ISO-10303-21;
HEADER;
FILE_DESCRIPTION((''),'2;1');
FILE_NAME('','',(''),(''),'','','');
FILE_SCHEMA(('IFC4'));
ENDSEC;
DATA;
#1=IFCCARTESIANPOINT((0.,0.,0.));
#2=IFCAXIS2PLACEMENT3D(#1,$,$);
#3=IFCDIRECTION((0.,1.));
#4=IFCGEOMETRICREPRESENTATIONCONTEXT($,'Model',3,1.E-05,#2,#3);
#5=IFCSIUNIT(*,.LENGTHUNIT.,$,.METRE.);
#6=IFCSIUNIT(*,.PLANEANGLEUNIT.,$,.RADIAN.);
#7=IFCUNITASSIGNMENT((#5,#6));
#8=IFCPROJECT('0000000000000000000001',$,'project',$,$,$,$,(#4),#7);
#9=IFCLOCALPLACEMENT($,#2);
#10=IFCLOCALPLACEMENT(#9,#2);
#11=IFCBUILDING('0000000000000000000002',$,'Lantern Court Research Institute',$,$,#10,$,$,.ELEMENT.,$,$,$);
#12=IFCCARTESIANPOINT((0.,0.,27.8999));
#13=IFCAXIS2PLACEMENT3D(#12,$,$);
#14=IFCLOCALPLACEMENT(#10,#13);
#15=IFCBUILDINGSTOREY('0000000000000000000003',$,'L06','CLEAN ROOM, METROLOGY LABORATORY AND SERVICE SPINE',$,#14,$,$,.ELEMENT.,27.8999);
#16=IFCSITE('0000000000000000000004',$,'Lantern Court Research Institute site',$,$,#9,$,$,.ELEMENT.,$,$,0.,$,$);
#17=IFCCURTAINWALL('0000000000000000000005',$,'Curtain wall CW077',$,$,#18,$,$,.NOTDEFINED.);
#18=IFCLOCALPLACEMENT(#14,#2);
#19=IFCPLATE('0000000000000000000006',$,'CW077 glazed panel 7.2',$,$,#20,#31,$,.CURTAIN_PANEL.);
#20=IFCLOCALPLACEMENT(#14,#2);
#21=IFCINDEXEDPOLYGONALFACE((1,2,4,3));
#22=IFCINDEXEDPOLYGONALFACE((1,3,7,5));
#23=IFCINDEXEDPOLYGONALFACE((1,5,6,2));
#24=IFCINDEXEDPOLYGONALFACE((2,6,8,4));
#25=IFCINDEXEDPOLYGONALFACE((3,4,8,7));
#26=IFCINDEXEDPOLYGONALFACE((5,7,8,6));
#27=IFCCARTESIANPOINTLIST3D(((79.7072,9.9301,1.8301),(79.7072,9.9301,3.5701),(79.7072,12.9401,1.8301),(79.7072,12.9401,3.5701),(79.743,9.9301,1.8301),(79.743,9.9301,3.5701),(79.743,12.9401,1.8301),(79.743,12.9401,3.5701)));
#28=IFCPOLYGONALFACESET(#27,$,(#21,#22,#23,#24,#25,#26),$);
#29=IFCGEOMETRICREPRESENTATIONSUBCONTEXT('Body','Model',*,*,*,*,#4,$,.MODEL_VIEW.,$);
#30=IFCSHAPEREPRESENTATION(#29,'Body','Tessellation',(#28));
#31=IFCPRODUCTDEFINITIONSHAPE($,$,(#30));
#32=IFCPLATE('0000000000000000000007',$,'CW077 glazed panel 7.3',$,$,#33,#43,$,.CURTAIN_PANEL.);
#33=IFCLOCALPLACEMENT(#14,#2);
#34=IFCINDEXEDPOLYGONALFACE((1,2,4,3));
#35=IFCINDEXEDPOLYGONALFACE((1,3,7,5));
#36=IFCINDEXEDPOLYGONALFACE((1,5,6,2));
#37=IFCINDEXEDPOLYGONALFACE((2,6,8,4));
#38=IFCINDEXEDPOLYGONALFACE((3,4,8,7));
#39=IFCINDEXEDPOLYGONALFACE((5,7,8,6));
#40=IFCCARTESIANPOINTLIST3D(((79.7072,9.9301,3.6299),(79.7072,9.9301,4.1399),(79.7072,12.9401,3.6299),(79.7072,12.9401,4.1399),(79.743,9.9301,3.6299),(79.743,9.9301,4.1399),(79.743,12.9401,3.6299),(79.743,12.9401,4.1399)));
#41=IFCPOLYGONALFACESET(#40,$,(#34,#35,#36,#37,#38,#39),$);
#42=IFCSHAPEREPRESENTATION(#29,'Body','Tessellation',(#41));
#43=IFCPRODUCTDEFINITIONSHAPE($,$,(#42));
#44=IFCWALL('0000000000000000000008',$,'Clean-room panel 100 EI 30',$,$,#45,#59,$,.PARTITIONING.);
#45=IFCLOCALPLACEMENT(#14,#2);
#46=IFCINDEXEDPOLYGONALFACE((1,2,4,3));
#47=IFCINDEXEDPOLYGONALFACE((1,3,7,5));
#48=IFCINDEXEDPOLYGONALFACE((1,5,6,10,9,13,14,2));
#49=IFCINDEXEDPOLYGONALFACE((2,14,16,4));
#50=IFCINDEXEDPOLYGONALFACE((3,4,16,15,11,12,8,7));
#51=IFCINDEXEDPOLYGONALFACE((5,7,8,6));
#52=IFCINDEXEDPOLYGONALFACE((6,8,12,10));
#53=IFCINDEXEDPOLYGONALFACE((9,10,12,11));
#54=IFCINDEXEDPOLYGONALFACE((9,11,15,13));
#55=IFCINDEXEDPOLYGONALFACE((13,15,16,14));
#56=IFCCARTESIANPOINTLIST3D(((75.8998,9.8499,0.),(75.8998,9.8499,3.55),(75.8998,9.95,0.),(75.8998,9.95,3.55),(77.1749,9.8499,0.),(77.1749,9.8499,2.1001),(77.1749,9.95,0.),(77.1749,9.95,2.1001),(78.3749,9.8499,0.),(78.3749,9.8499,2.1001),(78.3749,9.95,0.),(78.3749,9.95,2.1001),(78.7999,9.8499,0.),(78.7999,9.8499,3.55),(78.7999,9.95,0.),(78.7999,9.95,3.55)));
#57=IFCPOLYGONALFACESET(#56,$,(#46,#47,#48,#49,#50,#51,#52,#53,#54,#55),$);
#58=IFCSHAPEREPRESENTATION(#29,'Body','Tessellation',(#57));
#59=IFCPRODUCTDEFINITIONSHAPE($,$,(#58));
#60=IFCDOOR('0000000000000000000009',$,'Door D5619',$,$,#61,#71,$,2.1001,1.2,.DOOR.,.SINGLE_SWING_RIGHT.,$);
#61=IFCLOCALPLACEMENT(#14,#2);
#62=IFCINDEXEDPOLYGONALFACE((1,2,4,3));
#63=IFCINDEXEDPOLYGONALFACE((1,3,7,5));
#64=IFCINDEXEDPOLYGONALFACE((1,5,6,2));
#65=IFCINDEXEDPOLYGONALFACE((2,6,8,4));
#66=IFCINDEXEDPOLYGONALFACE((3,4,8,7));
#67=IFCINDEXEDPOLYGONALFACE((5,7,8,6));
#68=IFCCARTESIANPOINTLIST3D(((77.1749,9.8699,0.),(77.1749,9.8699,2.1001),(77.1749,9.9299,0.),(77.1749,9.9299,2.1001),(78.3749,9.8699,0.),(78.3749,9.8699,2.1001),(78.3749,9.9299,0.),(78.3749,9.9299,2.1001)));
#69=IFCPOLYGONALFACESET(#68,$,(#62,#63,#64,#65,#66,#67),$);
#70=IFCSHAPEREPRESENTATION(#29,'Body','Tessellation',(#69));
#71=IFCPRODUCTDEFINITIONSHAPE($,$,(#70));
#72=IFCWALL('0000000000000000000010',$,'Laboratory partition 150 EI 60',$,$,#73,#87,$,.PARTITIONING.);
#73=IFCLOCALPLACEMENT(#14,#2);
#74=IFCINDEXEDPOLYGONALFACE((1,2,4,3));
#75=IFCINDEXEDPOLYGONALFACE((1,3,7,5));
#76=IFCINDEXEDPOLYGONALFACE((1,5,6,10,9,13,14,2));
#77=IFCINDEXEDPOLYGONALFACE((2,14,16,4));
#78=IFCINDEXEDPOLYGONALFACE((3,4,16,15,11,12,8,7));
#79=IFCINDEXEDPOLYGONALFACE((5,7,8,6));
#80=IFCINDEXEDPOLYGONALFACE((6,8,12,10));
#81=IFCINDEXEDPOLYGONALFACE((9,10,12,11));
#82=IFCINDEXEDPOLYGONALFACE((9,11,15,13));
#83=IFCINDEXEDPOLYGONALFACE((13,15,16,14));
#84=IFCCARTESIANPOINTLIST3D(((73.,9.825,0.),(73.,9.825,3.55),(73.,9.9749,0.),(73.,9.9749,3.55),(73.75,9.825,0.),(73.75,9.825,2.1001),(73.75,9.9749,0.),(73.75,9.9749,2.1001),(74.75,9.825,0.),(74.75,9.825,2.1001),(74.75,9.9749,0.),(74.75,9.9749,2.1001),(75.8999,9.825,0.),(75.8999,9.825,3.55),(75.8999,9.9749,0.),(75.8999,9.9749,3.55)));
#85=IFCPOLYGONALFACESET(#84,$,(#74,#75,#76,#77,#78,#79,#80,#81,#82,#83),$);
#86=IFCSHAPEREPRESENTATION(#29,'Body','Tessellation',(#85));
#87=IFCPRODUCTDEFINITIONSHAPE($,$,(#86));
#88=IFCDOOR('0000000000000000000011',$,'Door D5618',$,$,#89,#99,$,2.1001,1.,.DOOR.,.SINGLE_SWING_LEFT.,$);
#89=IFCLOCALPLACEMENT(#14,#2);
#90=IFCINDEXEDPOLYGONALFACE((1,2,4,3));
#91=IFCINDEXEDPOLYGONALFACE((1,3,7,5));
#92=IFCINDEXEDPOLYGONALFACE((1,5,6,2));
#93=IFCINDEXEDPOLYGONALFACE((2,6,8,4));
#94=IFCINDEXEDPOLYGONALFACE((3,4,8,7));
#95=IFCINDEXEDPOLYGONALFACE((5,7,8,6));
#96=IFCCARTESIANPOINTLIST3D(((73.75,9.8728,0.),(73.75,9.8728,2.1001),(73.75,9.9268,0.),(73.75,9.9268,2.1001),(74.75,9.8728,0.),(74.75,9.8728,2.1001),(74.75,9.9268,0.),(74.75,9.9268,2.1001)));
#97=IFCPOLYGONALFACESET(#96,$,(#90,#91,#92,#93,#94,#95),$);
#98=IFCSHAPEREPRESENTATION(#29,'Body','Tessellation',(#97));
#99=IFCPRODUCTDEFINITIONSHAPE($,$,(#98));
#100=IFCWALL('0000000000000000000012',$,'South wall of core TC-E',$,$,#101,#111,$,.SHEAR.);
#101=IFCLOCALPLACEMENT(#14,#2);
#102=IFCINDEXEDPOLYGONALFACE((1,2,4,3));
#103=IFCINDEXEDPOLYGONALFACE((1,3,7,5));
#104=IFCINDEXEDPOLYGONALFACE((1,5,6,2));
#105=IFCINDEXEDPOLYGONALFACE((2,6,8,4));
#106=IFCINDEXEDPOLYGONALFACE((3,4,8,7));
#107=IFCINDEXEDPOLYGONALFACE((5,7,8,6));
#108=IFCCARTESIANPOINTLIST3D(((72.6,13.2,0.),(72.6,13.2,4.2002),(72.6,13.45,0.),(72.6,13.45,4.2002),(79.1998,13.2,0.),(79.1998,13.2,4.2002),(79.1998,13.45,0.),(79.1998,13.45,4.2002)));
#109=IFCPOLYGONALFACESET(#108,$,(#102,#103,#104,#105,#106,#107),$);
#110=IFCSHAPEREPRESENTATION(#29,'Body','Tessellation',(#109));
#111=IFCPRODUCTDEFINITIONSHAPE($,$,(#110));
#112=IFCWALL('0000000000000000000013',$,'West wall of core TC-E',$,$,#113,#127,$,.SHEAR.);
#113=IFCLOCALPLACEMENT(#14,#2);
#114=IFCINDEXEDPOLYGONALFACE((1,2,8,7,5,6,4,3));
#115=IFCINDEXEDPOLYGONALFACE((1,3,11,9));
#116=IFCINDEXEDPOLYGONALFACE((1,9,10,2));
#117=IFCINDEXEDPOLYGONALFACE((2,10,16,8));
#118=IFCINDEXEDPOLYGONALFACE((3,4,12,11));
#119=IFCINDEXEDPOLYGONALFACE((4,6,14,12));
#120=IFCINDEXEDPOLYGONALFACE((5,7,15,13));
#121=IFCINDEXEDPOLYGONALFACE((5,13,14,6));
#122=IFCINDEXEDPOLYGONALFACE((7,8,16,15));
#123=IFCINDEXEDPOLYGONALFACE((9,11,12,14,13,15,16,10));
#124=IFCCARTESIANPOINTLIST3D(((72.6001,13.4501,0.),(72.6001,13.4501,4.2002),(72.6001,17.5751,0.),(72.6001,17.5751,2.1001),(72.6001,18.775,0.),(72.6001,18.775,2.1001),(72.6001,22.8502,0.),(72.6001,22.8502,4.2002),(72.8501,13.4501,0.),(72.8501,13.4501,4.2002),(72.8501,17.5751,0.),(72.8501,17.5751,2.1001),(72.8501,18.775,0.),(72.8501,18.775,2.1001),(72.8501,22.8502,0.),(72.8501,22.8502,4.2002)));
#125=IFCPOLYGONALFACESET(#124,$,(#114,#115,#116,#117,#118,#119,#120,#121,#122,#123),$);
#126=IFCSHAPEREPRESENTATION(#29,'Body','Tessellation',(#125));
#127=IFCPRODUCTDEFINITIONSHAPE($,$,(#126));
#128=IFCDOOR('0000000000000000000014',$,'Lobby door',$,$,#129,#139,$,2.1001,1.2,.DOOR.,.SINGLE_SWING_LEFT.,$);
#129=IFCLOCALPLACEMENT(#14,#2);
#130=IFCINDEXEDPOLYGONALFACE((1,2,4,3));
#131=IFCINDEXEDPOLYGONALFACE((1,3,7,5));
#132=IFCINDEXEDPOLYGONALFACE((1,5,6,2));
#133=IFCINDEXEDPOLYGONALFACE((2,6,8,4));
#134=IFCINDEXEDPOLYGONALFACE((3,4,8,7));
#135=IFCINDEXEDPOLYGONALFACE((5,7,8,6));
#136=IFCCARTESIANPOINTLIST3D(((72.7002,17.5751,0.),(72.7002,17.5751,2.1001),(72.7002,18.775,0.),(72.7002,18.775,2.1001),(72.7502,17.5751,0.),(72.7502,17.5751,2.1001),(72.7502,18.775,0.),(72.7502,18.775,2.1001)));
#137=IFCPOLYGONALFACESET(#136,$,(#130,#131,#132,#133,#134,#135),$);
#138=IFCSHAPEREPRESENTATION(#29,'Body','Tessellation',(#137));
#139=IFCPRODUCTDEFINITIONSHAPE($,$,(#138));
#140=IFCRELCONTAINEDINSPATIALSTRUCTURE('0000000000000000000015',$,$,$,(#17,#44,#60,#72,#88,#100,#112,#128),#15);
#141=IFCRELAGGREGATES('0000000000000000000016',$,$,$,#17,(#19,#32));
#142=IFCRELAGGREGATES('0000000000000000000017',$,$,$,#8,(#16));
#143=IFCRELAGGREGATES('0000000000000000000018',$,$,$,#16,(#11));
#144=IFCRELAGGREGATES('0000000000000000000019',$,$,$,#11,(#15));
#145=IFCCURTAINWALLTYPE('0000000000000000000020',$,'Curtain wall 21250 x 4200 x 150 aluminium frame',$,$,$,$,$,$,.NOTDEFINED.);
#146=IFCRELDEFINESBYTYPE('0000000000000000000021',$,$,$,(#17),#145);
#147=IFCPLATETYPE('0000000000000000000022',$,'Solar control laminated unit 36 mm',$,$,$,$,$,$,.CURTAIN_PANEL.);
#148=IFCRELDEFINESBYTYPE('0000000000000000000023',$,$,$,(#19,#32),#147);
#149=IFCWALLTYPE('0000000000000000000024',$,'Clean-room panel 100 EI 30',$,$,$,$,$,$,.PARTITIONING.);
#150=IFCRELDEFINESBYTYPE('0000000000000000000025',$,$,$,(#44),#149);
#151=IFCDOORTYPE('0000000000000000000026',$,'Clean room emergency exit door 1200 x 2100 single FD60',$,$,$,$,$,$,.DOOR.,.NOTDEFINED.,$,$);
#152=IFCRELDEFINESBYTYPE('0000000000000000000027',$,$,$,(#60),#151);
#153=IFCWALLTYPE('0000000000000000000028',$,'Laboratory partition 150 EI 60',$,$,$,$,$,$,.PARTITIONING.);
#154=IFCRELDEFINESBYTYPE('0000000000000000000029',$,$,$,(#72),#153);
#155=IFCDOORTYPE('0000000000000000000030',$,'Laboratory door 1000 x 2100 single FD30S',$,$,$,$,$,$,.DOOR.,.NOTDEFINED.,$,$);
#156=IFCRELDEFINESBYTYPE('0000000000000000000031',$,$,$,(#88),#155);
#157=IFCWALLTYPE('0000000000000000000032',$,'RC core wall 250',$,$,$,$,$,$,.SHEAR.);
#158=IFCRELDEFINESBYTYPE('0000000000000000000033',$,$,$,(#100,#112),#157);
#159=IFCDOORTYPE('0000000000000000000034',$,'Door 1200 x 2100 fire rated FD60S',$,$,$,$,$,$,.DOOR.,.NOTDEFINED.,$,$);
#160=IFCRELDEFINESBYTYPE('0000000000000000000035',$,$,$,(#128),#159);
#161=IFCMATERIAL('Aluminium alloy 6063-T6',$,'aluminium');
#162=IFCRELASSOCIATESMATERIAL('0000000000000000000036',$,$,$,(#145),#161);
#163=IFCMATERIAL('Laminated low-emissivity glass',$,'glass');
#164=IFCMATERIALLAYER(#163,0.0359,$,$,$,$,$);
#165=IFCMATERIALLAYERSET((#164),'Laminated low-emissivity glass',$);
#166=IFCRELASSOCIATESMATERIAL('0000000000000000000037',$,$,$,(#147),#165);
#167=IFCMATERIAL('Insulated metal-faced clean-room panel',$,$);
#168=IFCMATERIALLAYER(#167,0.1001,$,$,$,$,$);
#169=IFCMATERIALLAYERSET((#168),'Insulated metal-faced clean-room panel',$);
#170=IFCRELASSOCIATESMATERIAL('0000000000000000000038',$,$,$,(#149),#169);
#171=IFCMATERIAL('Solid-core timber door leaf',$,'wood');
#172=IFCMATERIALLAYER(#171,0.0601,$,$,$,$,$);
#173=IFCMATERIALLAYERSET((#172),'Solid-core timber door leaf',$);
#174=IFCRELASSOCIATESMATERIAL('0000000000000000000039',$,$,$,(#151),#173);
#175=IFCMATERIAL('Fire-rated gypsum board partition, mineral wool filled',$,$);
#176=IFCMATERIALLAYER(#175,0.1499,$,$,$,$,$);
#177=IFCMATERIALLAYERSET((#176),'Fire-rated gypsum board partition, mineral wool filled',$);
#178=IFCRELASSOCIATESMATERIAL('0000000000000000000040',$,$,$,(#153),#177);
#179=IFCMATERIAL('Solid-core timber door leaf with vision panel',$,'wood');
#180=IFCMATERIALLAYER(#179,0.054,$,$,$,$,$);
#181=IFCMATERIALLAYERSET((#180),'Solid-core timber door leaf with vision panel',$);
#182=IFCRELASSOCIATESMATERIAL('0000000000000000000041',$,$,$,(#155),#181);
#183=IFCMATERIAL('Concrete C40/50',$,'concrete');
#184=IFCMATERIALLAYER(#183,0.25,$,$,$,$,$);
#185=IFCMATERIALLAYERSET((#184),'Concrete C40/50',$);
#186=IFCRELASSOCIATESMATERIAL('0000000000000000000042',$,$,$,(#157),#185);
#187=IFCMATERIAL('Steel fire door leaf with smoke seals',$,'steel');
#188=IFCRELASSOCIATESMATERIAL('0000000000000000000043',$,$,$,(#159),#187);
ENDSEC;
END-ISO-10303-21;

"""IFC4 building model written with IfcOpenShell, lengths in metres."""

from ifc_helpers import new_model, si_unit, direction, frame, frame_2d, origin, origin_2d, place, context, subcontext, project, spatial, rectangle, extrude, material, layer, layer_set, type_object, element, fill, aggregate, save


model = new_model("IFC4")

# Units and contexts
model_context = context("Model", 3, precision=1e-05, world=origin(), true_north=direction((0.0, 1.0)))
body_context = subcontext(model_context, "Body", "Model", "MODEL_VIEW")
ifc_project = project(units=[si_unit("LENGTHUNIT", "METRE"), si_unit("PLANEANGLEUNIT", "RADIAN")], contexts=[model_context])

# Site, building, storey
site_placement = place(None, origin())
site = spatial("IfcSite", under=ifc_project, at=site_placement, Name="Lantern Court Research Institute site", CompositionType="ELEMENT", RefElevation=0.0)
building_placement = place(site_placement, origin())
building = spatial("IfcBuilding", under=site, at=building_placement, Name="Lantern Court Research Institute", CompositionType="ELEMENT")
storey_placement = place(building_placement, frame((0.0, 0.0, 27.8999)))
storey = spatial("IfcBuildingStorey", under=building, at=storey_placement, Name="L06", Description="CLEAN ROOM, METROLOGY LABORATORY AND SERVICE SPINE", CompositionType="ELEMENT", Elevation=27.8999)

# Curtain wall
ifc_material_1 = material(Name="Aluminium alloy 6063-T6", Category="aluminium")
curtain_wall_type = type_object("IfcCurtainWallType", Name="Curtain wall 21250 x 4200 x 150 aluminium frame", PredefinedType="NOTDEFINED", material=ifc_material_1)
curtain_wall_placement = place(storey_placement, origin())
curtain_wall = element("IfcCurtainWall", 1, at=curtain_wall_placement, inside=storey, type_object=curtain_wall_type, Name="Curtain wall CW077", PredefinedType="NOTDEFINED")

# Plates
ifc_material_2 = material(Name="Laminated low-emissivity glass", Category="glass")
ifc_layer_1 = layer(ifc_material_2, 0.0359)
ifc_layer_set_1 = layer_set([ifc_layer_1], Name="Laminated low-emissivity glass")
plate_type_1 = type_object("IfcPlateType", Name="Solar control laminated unit 36 mm", PredefinedType="CURTAIN_PANEL", material=ifc_layer_set_1)
plate_1_placement = place(storey_placement, frame((79.7251, 11.4351, 1.8301), z_axis=(0.0, 0.0, 1.0), x_axis=(0.0, -1.0, 0.0)))
plate_1 = element("IfcPlate", 2, at=plate_1_placement, type_object=plate_type_1, Name="CW077 glazed panel 7.2", PredefinedType="CURTAIN_PANEL", context=body_context, shape_type="SweptSolid", body=[
    extrude(rectangle(XDim=3.01, YDim=0.0359, at=origin_2d()), origin(), (0.0, 0.0, 1.0), 1.74),
])
plate_2_placement = place(storey_placement, frame((79.7251, 11.4351, 3.6299), z_axis=(0.0, 0.0, 1.0), x_axis=(0.0, -1.0, 0.0)))
plate_2 = element("IfcPlate", 3, at=plate_2_placement, type_object=plate_type_1, Name="CW077 glazed panel 7.3", PredefinedType="CURTAIN_PANEL", context=body_context, shape_type="SweptSolid", body=[
    extrude(rectangle(XDim=3.01, YDim=0.0359, at=origin_2d()), origin(), (0.0, 0.0, 1.0), 0.51),
])
aggregate(curtain_wall, [plate_1, plate_2])

# Walls, openings, doors
ifc_material_3 = material(Name="Insulated metal-faced clean-room panel")
ifc_layer_2 = layer(ifc_material_3, 0.1001)
ifc_layer_set_2 = layer_set([ifc_layer_2], Name="Insulated metal-faced clean-room panel")
wall_type_1 = type_object("IfcWallType", Name="Clean-room panel 100 EI 30", PredefinedType="PARTITIONING", material=ifc_layer_set_2)
wall_1_placement = place(storey_placement, frame((78.8, 9.8999, 0.0), z_axis=(0.0, 0.0, 1.0), x_axis=(-1.0, 0.0, 0.0)))
wall_1 = element("IfcWall", 4, at=wall_1_placement, inside=storey, type_object=wall_type_1, Name="Clean-room panel 100 EI 30", PredefinedType="PARTITIONING", context=body_context, shape_type="SweptSolid", body=[
    extrude(rectangle(XDim=2.9001, YDim=0.1001, at=frame_2d((1.4502, 0.0))), origin(), (0.0, 0.0, 1.0), 3.55),
])
opening_1_placement = place(wall_1_placement, frame((0.425, 0.0, 0.0)))
opening_1 = element("IfcOpeningElement", 5, at=opening_1_placement, cuts=wall_1, PredefinedType="OPENING", context=body_context, shape_type="SweptSolid", body=[
    extrude(rectangle(XDim=1.2, YDim=2.1001, at=frame_2d((0.6001, 1.05))), frame((0.0, 0.0601, 0.0), z_axis=(0.0, -1.0, 0.0), x_axis=(1.0, 0.0, 0.0)), (0.0, 0.0, 1.0), 0.1201),
])
ifc_material_4 = material(Name="Solid-core timber door leaf", Category="wood")
ifc_layer_3 = layer(ifc_material_4, 0.0601)
ifc_layer_set_3 = layer_set([ifc_layer_3], Name="Solid-core timber door leaf")
door_type_1 = type_object("IfcDoorType", Name="Clean room emergency exit door 1200 x 2100 single FD60", OperationType="NOTDEFINED", PredefinedType="DOOR", material=ifc_layer_set_3)
door_1_placement = place(opening_1_placement, origin())
door_1 = element("IfcDoor", 6, at=door_1_placement, inside=storey, type_object=door_type_1, Name="Door D5619", OperationType="SINGLE_SWING_RIGHT", OverallHeight=2.1001, OverallWidth=1.2, PredefinedType="DOOR", context=body_context, shape_type="SweptSolid", body=[
    extrude(rectangle(XDim=1.2, YDim=2.1001, at=frame_2d((0.6001, 1.05))), frame((0.0, 0.03, 0.0), z_axis=(0.0, -1.0, 0.0), x_axis=(1.0, 0.0, 0.0)), (0.0, 0.0, 1.0), 0.0601),
])
fill(opening_1, door_1)
ifc_material_5 = material(Name="Fire-rated gypsum board partition, mineral wool filled")
ifc_layer_4 = layer(ifc_material_5, 0.1499)
ifc_layer_set_4 = layer_set([ifc_layer_4], Name="Fire-rated gypsum board partition, mineral wool filled")
wall_type_2 = type_object("IfcWallType", Name="Laboratory partition 150 EI 60", PredefinedType="PARTITIONING", material=ifc_layer_set_4)
wall_2_placement = place(storey_placement, frame((73.0, 9.8999, 0.0), z_axis=(0.0, 0.0, 1.0), x_axis=(1.0, 0.0, 0.0)))
wall_2 = element("IfcWall", 7, at=wall_2_placement, inside=storey, type_object=wall_type_2, Name="Laboratory partition 150 EI 60", PredefinedType="PARTITIONING", context=body_context, shape_type="SweptSolid", body=[
    extrude(rectangle(XDim=2.8999, YDim=0.1499, at=frame_2d((1.45, 0.0))), origin(), (0.0, 0.0, 1.0), 3.55),
])
opening_2_placement = place(wall_2_placement, frame((0.75, 0.0, 0.0)))
opening_2 = element("IfcOpeningElement", 8, at=opening_2_placement, cuts=wall_2, PredefinedType="OPENING", context=body_context, shape_type="SweptSolid", body=[
    extrude(rectangle(XDim=1.0, YDim=2.1001, at=frame_2d((0.5, 1.05))), frame((0.0, 0.085, 0.0), z_axis=(0.0, -1.0, 0.0), x_axis=(1.0, 0.0, 0.0)), (0.0, 0.0, 1.0), 0.1699),
])
ifc_material_6 = material(Name="Solid-core timber door leaf with vision panel", Category="wood")
ifc_layer_5 = layer(ifc_material_6, 0.054)
ifc_layer_set_5 = layer_set([ifc_layer_5], Name="Solid-core timber door leaf with vision panel")
door_type_2 = type_object("IfcDoorType", Name="Laboratory door 1000 x 2100 single FD30S", OperationType="NOTDEFINED", PredefinedType="DOOR", material=ifc_layer_set_5)
door_2_placement = place(opening_2_placement, origin())
door_2 = element("IfcDoor", 9, at=door_2_placement, inside=storey, type_object=door_type_2, Name="Door D5618", OperationType="SINGLE_SWING_LEFT", OverallHeight=2.1001, OverallWidth=1.0, PredefinedType="DOOR", context=body_context, shape_type="SweptSolid", body=[
    extrude(rectangle(XDim=1.0, YDim=2.1001, at=frame_2d((0.5, 1.05))), frame((0.0, 0.0269, 0.0), z_axis=(0.0, -1.0, 0.0), x_axis=(1.0, 0.0, 0.0)), (0.0, 0.0, 1.0), 0.054),
])
fill(opening_2, door_2)

# Wall
ifc_material_7 = material(Name="Concrete C40/50", Category="concrete")
ifc_layer_6 = layer(ifc_material_7, 0.25)
ifc_layer_set_6 = layer_set([ifc_layer_6], Name="Concrete C40/50")
wall_type_3 = type_object("IfcWallType", Name="RC core wall 250", PredefinedType="SHEAR", material=ifc_layer_set_6)
wall_3_placement = place(storey_placement, frame((72.6001, 13.325, 0.0), z_axis=(0.0, 0.0, 1.0), x_axis=(1.0, 0.0, 0.0)))
element("IfcWall", 10, at=wall_3_placement, inside=storey, type_object=wall_type_3, Name="South wall of core TC-E", PredefinedType="SHEAR", context=body_context, shape_type="SweptSolid", body=[
    extrude(rectangle(XDim=6.5999, YDim=0.25, at=frame_2d((3.2998, 0.0))), origin(), (0.0, 0.0, 1.0), 4.2002),
])

# Wall, opening, door
wall_4_placement = place(storey_placement, frame((72.7251, 13.45, 0.0), z_axis=(0.0, 0.0, 1.0), x_axis=(0.0, 1.0, 0.0)))
wall_4 = element("IfcWall", 11, at=wall_4_placement, inside=storey, type_object=wall_type_3, Name="West wall of core TC-E", PredefinedType="SHEAR", context=body_context, shape_type="SweptSolid", body=[
    extrude(rectangle(XDim=9.4001, YDim=0.25, at=frame_2d((4.7002, 0.0))), origin(), (0.0, 0.0, 1.0), 4.2002),
])
opening_3_placement = place(wall_4_placement, frame((4.125, 0.0, 0.0)))
opening_3 = element("IfcOpeningElement", 12, at=opening_3_placement, cuts=wall_4, PredefinedType="OPENING", context=body_context, shape_type="SweptSolid", body=[
    extrude(rectangle(XDim=1.2, YDim=2.1001, at=frame_2d((0.6001, 1.05))), frame((0.0, 0.135, 0.0), z_axis=(0.0, -1.0, 0.0), x_axis=(1.0, 0.0, 0.0)), (0.0, 0.0, 1.0), 0.27),
])
ifc_material_8 = material(Name="Steel fire door leaf with smoke seals", Category="steel")
door_type_3 = type_object("IfcDoorType", Name="Door 1200 x 2100 fire rated FD60S", OperationType="NOTDEFINED", PredefinedType="DOOR", material=ifc_material_8)
door_3_placement = place(opening_3_placement, origin())
door_3 = element("IfcDoor", 13, at=door_3_placement, inside=storey, type_object=door_type_3, Name="Lobby door", OperationType="SINGLE_SWING_LEFT", OverallHeight=2.1001, OverallWidth=1.2, PredefinedType="DOOR", context=body_context, shape_type="SweptSolid", body=[
    extrude(rectangle(XDim=1.2, YDim=2.1001, at=frame_2d((0.6001, 1.05))), frame((0.0, 0.0249, 0.0), z_axis=(0.0, -1.0, 0.0), x_axis=(1.0, 0.0, 0.0)), (0.0, 0.0, 1.0), 0.05),
])
fill(opening_3, door_3)

save(model, "model.ifc")
